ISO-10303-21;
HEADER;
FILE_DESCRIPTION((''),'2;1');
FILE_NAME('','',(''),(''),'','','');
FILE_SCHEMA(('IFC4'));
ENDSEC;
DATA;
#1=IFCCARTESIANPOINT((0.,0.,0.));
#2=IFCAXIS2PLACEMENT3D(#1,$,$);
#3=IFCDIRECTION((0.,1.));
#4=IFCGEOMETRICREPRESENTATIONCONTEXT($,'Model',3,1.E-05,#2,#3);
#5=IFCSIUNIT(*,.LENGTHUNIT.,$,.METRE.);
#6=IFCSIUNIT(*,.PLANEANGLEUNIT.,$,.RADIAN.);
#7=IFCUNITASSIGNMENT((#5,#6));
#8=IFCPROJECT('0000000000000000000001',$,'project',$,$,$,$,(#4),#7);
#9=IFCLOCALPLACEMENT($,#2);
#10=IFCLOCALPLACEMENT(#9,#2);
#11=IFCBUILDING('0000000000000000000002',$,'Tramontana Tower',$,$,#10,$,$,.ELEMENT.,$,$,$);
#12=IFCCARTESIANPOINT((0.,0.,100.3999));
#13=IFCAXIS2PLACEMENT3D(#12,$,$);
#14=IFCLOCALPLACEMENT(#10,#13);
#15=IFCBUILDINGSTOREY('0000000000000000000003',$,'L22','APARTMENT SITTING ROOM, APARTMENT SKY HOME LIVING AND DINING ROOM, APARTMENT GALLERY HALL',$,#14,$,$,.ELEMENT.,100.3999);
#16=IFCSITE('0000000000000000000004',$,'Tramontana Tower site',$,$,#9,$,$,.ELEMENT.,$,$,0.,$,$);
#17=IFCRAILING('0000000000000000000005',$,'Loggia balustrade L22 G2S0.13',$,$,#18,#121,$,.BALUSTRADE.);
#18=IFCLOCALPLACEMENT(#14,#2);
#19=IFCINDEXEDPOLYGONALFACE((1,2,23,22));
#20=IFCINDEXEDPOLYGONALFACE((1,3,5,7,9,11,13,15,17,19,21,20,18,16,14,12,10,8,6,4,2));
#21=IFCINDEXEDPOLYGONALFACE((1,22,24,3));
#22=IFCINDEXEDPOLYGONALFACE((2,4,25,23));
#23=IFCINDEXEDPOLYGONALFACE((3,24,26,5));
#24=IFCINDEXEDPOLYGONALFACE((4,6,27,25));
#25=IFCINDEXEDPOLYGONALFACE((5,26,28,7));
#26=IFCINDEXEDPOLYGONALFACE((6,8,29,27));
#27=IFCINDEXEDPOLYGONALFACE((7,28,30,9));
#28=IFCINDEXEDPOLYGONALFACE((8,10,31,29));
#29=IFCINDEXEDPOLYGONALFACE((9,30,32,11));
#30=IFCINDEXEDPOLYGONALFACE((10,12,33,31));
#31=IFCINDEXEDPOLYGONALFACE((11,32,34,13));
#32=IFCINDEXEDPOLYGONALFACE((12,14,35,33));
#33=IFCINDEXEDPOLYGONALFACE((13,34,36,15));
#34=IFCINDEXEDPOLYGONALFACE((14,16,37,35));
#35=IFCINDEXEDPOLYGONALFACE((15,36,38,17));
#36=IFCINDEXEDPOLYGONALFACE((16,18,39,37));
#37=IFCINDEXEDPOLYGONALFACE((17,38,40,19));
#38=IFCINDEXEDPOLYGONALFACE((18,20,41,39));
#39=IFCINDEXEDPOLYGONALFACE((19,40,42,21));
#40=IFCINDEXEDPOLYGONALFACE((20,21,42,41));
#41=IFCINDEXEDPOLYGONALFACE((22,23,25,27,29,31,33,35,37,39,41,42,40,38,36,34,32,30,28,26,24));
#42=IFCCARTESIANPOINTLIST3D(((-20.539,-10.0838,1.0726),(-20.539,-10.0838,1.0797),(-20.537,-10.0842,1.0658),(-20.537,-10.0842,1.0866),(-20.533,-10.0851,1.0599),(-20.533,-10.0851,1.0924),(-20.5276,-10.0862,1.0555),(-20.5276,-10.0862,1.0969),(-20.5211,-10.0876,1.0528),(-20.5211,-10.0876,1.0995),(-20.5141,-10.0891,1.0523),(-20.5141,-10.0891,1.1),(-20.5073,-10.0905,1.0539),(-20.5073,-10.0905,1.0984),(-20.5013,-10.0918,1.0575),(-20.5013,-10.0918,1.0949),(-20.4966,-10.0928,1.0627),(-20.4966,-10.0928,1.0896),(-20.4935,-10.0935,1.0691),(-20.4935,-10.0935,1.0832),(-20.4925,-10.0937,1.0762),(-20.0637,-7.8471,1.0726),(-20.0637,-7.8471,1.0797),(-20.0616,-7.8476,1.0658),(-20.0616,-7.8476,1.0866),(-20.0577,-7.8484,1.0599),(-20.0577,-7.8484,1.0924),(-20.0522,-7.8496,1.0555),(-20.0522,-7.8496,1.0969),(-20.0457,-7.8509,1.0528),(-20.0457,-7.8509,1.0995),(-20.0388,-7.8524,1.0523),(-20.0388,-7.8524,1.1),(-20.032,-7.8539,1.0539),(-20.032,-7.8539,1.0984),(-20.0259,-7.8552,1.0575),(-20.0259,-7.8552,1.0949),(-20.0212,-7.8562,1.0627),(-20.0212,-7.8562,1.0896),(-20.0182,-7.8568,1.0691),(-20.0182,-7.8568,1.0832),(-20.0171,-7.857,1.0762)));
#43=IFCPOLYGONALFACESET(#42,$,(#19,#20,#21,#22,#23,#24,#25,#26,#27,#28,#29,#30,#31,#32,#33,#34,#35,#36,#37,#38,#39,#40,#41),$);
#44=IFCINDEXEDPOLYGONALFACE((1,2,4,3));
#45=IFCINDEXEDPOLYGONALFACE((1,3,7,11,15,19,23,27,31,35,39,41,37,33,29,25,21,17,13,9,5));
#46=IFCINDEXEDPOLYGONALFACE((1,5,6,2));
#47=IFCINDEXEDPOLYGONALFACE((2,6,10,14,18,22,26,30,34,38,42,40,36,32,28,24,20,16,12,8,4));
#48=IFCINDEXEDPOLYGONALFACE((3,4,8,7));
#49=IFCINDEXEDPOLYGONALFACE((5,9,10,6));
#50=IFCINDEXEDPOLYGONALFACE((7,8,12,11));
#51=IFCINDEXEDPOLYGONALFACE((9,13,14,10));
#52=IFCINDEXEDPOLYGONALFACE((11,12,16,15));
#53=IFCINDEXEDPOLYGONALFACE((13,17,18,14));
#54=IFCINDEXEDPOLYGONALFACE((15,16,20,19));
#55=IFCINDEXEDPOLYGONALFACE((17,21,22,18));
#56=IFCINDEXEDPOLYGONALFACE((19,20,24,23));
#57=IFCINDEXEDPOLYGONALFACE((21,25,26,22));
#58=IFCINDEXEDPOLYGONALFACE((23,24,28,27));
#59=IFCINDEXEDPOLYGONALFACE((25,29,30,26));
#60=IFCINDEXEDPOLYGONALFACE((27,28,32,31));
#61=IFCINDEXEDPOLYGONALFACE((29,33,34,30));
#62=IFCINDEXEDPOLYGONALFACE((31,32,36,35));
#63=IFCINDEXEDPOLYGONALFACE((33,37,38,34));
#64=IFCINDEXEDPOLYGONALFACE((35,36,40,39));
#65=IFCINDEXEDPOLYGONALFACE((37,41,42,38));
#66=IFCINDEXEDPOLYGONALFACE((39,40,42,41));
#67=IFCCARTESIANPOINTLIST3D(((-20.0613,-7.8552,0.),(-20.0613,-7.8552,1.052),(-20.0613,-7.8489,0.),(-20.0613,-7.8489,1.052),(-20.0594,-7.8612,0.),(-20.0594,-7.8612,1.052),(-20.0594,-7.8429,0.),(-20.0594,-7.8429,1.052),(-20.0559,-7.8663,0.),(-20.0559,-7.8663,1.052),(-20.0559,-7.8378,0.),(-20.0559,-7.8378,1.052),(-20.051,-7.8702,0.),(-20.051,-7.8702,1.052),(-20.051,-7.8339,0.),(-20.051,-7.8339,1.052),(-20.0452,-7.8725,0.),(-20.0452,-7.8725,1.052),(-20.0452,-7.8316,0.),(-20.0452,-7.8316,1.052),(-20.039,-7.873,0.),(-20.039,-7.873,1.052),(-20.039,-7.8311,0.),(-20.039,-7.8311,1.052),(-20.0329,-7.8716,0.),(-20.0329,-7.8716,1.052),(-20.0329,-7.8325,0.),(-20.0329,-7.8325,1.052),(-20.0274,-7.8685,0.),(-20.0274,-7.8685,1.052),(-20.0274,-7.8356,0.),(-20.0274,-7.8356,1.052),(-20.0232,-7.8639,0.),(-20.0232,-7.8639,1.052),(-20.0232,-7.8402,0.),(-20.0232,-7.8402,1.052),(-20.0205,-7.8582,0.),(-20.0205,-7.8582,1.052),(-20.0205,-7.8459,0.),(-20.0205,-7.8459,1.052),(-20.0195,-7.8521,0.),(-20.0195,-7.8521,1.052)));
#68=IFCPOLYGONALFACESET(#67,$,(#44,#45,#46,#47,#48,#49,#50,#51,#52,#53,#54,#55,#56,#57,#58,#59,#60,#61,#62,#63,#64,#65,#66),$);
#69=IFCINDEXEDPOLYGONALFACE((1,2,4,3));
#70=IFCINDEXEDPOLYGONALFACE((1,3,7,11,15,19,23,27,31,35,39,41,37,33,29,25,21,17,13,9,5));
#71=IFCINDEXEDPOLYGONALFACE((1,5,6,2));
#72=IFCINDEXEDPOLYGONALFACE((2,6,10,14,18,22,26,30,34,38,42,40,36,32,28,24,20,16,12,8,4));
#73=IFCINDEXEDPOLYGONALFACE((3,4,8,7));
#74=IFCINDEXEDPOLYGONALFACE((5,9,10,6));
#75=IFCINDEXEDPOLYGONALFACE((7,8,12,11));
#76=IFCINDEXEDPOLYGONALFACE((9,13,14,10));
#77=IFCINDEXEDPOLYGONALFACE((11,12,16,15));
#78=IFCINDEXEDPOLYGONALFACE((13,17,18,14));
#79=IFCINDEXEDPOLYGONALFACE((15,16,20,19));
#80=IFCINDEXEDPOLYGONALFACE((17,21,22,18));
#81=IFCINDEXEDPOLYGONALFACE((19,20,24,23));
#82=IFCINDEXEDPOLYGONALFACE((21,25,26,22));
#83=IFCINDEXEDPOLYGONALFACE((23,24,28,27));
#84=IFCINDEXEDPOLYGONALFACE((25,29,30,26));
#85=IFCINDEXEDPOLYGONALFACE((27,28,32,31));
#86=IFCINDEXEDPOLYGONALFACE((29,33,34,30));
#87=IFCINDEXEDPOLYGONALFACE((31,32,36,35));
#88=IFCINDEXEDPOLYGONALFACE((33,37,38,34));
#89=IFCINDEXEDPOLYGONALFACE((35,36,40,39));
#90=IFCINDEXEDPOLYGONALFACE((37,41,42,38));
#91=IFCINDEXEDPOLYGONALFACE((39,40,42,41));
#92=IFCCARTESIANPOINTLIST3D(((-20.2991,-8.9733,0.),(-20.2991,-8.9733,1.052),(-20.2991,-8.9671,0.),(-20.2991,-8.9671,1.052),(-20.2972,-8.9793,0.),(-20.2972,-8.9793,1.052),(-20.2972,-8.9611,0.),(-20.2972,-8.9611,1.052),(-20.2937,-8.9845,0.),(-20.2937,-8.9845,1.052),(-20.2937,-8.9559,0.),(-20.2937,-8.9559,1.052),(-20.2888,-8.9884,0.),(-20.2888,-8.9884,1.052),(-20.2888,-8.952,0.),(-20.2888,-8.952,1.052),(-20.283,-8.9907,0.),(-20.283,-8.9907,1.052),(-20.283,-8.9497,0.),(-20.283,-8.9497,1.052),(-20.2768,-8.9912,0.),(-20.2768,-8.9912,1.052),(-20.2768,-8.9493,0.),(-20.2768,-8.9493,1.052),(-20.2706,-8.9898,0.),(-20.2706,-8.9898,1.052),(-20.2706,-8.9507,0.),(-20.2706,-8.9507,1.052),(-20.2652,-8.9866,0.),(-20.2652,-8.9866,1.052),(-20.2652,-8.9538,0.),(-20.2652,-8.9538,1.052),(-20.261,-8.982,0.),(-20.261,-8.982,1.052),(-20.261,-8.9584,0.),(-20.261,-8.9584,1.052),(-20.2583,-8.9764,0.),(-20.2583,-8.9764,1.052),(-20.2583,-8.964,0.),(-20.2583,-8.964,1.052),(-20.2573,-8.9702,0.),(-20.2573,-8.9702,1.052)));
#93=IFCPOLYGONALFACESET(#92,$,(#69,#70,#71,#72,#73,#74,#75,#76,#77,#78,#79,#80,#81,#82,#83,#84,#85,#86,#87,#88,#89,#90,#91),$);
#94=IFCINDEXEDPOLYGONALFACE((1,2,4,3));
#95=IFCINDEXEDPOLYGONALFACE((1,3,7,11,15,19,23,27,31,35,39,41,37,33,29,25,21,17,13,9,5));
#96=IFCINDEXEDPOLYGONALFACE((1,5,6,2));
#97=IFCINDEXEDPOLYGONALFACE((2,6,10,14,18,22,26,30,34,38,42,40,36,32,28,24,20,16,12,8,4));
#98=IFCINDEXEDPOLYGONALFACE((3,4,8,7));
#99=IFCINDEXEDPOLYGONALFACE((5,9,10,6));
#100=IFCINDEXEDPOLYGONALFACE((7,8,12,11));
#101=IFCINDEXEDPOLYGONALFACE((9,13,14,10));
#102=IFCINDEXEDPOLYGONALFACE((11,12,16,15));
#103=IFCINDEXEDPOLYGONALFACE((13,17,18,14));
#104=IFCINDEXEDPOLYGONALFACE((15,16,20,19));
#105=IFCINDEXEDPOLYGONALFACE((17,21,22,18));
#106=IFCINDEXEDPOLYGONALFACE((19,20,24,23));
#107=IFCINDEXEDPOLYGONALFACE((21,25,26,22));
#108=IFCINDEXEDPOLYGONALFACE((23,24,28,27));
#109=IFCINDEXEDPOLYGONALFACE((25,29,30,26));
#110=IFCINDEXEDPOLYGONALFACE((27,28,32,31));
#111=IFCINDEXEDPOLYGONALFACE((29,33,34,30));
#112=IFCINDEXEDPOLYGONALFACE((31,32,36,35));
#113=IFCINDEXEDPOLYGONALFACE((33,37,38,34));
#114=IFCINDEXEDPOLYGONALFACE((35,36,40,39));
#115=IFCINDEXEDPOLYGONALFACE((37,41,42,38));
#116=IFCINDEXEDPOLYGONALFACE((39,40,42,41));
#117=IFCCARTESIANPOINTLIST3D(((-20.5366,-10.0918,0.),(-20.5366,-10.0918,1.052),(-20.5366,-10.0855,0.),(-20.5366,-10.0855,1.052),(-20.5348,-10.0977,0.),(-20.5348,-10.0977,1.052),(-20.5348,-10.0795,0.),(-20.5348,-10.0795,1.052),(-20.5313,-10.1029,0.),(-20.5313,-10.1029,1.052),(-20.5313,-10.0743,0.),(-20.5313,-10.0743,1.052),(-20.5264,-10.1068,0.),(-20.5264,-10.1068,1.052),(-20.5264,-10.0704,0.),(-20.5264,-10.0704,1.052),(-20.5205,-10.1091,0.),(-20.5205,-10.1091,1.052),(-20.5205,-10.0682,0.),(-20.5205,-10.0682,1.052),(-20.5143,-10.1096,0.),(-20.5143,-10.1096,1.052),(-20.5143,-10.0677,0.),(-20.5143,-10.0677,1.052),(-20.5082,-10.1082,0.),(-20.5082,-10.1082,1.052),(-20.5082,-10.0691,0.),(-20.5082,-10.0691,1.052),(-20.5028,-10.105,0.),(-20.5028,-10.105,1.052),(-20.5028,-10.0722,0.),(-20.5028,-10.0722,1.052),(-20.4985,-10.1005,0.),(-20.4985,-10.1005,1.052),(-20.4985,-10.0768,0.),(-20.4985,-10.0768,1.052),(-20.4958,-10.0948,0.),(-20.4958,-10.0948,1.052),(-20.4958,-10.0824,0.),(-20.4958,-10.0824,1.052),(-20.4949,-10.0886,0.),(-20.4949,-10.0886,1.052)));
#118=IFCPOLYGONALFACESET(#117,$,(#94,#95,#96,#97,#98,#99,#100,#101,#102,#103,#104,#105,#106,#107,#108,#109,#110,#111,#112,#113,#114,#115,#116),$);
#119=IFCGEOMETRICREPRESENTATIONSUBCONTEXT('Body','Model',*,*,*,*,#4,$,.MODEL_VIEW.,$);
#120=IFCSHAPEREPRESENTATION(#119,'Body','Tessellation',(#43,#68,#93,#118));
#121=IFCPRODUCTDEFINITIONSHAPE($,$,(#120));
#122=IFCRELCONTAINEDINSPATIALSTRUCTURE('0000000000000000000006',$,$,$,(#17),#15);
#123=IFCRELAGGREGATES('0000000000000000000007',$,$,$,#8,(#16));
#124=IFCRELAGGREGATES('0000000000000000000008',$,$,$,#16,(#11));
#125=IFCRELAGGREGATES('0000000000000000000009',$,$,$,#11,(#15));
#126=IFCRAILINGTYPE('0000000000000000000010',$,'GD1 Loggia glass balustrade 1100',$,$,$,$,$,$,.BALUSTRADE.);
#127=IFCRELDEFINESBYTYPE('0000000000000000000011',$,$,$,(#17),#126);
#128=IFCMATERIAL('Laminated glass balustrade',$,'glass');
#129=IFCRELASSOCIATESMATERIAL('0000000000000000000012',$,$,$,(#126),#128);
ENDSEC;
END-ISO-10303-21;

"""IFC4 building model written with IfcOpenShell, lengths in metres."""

from ifc_helpers import new_model, si_unit, direction, frame, origin, origin_2d, place, context, subcontext, project, spatial, circle, extrude, material, type_object, element, save


model = new_model("IFC4")

# Units and contexts
model_context = context("Model", 3, precision=1e-05, world=origin(), true_north=direction((0.0, 1.0)))
body_context = subcontext(model_context, "Body", "Model", "MODEL_VIEW")
ifc_project = project(units=[si_unit("LENGTHUNIT", "METRE"), si_unit("PLANEANGLEUNIT", "RADIAN")], contexts=[model_context])

# Site, building, storey
site_placement = place(None, origin())
site = spatial("IfcSite", under=ifc_project, at=site_placement, Name="Tramontana Tower site", CompositionType="ELEMENT", RefElevation=0.0)
building_placement = place(site_placement, origin())
building = spatial("IfcBuilding", under=site, at=building_placement, Name="Tramontana Tower", CompositionType="ELEMENT")
storey_placement = place(building_placement, frame((0.0, 0.0, 100.3999)))
storey = spatial("IfcBuildingStorey", under=building, at=storey_placement, Name="L22", Description="APARTMENT SITTING ROOM, APARTMENT SKY HOME LIVING AND DINING ROOM, APARTMENT GALLERY HALL", CompositionType="ELEMENT", Elevation=100.3999)

# Railing
ifc_material_1 = material(Name="Laminated glass balustrade", Category="glass")
railing_type = type_object("IfcRailingType", Name="GD1 Loggia glass balustrade 1100", PredefinedType="BALUSTRADE", material=ifc_material_1)
railing_placement = place(storey_placement, frame((-20.0405, -7.8521, 0.0)))
element("IfcRailing", 1, at=railing_placement, inside=storey, type_object=railing_type, Name="Loggia balustrade L22 G2S0.13", PredefinedType="BALUSTRADE", context=body_context, shape_type="SweptSolid", body=[
    extrude(circle(Radius=0.0239, at=origin_2d()), frame((0.0, 0.0, 1.0762), z_axis=(-0.207888, -0.978153, 0.0), x_axis=(0.978153, -0.207888, 0.0)), (0.0, 0.0, 1.0), 2.2866),
    extrude(circle(Radius=0.021, at=origin_2d()), origin(), (0.0, 0.0, 1.0), 1.052),
    extrude(circle(Radius=0.021, at=origin_2d()), frame((-0.2378, -1.1182, 0.0)), (0.0, 0.0, 1.0), 1.052),
    extrude(circle(Radius=0.021, at=origin_2d()), frame((-0.4753, -2.2366, 0.0)), (0.0, 0.0, 1.0), 1.052),
])

save(model, "model.ifc")
